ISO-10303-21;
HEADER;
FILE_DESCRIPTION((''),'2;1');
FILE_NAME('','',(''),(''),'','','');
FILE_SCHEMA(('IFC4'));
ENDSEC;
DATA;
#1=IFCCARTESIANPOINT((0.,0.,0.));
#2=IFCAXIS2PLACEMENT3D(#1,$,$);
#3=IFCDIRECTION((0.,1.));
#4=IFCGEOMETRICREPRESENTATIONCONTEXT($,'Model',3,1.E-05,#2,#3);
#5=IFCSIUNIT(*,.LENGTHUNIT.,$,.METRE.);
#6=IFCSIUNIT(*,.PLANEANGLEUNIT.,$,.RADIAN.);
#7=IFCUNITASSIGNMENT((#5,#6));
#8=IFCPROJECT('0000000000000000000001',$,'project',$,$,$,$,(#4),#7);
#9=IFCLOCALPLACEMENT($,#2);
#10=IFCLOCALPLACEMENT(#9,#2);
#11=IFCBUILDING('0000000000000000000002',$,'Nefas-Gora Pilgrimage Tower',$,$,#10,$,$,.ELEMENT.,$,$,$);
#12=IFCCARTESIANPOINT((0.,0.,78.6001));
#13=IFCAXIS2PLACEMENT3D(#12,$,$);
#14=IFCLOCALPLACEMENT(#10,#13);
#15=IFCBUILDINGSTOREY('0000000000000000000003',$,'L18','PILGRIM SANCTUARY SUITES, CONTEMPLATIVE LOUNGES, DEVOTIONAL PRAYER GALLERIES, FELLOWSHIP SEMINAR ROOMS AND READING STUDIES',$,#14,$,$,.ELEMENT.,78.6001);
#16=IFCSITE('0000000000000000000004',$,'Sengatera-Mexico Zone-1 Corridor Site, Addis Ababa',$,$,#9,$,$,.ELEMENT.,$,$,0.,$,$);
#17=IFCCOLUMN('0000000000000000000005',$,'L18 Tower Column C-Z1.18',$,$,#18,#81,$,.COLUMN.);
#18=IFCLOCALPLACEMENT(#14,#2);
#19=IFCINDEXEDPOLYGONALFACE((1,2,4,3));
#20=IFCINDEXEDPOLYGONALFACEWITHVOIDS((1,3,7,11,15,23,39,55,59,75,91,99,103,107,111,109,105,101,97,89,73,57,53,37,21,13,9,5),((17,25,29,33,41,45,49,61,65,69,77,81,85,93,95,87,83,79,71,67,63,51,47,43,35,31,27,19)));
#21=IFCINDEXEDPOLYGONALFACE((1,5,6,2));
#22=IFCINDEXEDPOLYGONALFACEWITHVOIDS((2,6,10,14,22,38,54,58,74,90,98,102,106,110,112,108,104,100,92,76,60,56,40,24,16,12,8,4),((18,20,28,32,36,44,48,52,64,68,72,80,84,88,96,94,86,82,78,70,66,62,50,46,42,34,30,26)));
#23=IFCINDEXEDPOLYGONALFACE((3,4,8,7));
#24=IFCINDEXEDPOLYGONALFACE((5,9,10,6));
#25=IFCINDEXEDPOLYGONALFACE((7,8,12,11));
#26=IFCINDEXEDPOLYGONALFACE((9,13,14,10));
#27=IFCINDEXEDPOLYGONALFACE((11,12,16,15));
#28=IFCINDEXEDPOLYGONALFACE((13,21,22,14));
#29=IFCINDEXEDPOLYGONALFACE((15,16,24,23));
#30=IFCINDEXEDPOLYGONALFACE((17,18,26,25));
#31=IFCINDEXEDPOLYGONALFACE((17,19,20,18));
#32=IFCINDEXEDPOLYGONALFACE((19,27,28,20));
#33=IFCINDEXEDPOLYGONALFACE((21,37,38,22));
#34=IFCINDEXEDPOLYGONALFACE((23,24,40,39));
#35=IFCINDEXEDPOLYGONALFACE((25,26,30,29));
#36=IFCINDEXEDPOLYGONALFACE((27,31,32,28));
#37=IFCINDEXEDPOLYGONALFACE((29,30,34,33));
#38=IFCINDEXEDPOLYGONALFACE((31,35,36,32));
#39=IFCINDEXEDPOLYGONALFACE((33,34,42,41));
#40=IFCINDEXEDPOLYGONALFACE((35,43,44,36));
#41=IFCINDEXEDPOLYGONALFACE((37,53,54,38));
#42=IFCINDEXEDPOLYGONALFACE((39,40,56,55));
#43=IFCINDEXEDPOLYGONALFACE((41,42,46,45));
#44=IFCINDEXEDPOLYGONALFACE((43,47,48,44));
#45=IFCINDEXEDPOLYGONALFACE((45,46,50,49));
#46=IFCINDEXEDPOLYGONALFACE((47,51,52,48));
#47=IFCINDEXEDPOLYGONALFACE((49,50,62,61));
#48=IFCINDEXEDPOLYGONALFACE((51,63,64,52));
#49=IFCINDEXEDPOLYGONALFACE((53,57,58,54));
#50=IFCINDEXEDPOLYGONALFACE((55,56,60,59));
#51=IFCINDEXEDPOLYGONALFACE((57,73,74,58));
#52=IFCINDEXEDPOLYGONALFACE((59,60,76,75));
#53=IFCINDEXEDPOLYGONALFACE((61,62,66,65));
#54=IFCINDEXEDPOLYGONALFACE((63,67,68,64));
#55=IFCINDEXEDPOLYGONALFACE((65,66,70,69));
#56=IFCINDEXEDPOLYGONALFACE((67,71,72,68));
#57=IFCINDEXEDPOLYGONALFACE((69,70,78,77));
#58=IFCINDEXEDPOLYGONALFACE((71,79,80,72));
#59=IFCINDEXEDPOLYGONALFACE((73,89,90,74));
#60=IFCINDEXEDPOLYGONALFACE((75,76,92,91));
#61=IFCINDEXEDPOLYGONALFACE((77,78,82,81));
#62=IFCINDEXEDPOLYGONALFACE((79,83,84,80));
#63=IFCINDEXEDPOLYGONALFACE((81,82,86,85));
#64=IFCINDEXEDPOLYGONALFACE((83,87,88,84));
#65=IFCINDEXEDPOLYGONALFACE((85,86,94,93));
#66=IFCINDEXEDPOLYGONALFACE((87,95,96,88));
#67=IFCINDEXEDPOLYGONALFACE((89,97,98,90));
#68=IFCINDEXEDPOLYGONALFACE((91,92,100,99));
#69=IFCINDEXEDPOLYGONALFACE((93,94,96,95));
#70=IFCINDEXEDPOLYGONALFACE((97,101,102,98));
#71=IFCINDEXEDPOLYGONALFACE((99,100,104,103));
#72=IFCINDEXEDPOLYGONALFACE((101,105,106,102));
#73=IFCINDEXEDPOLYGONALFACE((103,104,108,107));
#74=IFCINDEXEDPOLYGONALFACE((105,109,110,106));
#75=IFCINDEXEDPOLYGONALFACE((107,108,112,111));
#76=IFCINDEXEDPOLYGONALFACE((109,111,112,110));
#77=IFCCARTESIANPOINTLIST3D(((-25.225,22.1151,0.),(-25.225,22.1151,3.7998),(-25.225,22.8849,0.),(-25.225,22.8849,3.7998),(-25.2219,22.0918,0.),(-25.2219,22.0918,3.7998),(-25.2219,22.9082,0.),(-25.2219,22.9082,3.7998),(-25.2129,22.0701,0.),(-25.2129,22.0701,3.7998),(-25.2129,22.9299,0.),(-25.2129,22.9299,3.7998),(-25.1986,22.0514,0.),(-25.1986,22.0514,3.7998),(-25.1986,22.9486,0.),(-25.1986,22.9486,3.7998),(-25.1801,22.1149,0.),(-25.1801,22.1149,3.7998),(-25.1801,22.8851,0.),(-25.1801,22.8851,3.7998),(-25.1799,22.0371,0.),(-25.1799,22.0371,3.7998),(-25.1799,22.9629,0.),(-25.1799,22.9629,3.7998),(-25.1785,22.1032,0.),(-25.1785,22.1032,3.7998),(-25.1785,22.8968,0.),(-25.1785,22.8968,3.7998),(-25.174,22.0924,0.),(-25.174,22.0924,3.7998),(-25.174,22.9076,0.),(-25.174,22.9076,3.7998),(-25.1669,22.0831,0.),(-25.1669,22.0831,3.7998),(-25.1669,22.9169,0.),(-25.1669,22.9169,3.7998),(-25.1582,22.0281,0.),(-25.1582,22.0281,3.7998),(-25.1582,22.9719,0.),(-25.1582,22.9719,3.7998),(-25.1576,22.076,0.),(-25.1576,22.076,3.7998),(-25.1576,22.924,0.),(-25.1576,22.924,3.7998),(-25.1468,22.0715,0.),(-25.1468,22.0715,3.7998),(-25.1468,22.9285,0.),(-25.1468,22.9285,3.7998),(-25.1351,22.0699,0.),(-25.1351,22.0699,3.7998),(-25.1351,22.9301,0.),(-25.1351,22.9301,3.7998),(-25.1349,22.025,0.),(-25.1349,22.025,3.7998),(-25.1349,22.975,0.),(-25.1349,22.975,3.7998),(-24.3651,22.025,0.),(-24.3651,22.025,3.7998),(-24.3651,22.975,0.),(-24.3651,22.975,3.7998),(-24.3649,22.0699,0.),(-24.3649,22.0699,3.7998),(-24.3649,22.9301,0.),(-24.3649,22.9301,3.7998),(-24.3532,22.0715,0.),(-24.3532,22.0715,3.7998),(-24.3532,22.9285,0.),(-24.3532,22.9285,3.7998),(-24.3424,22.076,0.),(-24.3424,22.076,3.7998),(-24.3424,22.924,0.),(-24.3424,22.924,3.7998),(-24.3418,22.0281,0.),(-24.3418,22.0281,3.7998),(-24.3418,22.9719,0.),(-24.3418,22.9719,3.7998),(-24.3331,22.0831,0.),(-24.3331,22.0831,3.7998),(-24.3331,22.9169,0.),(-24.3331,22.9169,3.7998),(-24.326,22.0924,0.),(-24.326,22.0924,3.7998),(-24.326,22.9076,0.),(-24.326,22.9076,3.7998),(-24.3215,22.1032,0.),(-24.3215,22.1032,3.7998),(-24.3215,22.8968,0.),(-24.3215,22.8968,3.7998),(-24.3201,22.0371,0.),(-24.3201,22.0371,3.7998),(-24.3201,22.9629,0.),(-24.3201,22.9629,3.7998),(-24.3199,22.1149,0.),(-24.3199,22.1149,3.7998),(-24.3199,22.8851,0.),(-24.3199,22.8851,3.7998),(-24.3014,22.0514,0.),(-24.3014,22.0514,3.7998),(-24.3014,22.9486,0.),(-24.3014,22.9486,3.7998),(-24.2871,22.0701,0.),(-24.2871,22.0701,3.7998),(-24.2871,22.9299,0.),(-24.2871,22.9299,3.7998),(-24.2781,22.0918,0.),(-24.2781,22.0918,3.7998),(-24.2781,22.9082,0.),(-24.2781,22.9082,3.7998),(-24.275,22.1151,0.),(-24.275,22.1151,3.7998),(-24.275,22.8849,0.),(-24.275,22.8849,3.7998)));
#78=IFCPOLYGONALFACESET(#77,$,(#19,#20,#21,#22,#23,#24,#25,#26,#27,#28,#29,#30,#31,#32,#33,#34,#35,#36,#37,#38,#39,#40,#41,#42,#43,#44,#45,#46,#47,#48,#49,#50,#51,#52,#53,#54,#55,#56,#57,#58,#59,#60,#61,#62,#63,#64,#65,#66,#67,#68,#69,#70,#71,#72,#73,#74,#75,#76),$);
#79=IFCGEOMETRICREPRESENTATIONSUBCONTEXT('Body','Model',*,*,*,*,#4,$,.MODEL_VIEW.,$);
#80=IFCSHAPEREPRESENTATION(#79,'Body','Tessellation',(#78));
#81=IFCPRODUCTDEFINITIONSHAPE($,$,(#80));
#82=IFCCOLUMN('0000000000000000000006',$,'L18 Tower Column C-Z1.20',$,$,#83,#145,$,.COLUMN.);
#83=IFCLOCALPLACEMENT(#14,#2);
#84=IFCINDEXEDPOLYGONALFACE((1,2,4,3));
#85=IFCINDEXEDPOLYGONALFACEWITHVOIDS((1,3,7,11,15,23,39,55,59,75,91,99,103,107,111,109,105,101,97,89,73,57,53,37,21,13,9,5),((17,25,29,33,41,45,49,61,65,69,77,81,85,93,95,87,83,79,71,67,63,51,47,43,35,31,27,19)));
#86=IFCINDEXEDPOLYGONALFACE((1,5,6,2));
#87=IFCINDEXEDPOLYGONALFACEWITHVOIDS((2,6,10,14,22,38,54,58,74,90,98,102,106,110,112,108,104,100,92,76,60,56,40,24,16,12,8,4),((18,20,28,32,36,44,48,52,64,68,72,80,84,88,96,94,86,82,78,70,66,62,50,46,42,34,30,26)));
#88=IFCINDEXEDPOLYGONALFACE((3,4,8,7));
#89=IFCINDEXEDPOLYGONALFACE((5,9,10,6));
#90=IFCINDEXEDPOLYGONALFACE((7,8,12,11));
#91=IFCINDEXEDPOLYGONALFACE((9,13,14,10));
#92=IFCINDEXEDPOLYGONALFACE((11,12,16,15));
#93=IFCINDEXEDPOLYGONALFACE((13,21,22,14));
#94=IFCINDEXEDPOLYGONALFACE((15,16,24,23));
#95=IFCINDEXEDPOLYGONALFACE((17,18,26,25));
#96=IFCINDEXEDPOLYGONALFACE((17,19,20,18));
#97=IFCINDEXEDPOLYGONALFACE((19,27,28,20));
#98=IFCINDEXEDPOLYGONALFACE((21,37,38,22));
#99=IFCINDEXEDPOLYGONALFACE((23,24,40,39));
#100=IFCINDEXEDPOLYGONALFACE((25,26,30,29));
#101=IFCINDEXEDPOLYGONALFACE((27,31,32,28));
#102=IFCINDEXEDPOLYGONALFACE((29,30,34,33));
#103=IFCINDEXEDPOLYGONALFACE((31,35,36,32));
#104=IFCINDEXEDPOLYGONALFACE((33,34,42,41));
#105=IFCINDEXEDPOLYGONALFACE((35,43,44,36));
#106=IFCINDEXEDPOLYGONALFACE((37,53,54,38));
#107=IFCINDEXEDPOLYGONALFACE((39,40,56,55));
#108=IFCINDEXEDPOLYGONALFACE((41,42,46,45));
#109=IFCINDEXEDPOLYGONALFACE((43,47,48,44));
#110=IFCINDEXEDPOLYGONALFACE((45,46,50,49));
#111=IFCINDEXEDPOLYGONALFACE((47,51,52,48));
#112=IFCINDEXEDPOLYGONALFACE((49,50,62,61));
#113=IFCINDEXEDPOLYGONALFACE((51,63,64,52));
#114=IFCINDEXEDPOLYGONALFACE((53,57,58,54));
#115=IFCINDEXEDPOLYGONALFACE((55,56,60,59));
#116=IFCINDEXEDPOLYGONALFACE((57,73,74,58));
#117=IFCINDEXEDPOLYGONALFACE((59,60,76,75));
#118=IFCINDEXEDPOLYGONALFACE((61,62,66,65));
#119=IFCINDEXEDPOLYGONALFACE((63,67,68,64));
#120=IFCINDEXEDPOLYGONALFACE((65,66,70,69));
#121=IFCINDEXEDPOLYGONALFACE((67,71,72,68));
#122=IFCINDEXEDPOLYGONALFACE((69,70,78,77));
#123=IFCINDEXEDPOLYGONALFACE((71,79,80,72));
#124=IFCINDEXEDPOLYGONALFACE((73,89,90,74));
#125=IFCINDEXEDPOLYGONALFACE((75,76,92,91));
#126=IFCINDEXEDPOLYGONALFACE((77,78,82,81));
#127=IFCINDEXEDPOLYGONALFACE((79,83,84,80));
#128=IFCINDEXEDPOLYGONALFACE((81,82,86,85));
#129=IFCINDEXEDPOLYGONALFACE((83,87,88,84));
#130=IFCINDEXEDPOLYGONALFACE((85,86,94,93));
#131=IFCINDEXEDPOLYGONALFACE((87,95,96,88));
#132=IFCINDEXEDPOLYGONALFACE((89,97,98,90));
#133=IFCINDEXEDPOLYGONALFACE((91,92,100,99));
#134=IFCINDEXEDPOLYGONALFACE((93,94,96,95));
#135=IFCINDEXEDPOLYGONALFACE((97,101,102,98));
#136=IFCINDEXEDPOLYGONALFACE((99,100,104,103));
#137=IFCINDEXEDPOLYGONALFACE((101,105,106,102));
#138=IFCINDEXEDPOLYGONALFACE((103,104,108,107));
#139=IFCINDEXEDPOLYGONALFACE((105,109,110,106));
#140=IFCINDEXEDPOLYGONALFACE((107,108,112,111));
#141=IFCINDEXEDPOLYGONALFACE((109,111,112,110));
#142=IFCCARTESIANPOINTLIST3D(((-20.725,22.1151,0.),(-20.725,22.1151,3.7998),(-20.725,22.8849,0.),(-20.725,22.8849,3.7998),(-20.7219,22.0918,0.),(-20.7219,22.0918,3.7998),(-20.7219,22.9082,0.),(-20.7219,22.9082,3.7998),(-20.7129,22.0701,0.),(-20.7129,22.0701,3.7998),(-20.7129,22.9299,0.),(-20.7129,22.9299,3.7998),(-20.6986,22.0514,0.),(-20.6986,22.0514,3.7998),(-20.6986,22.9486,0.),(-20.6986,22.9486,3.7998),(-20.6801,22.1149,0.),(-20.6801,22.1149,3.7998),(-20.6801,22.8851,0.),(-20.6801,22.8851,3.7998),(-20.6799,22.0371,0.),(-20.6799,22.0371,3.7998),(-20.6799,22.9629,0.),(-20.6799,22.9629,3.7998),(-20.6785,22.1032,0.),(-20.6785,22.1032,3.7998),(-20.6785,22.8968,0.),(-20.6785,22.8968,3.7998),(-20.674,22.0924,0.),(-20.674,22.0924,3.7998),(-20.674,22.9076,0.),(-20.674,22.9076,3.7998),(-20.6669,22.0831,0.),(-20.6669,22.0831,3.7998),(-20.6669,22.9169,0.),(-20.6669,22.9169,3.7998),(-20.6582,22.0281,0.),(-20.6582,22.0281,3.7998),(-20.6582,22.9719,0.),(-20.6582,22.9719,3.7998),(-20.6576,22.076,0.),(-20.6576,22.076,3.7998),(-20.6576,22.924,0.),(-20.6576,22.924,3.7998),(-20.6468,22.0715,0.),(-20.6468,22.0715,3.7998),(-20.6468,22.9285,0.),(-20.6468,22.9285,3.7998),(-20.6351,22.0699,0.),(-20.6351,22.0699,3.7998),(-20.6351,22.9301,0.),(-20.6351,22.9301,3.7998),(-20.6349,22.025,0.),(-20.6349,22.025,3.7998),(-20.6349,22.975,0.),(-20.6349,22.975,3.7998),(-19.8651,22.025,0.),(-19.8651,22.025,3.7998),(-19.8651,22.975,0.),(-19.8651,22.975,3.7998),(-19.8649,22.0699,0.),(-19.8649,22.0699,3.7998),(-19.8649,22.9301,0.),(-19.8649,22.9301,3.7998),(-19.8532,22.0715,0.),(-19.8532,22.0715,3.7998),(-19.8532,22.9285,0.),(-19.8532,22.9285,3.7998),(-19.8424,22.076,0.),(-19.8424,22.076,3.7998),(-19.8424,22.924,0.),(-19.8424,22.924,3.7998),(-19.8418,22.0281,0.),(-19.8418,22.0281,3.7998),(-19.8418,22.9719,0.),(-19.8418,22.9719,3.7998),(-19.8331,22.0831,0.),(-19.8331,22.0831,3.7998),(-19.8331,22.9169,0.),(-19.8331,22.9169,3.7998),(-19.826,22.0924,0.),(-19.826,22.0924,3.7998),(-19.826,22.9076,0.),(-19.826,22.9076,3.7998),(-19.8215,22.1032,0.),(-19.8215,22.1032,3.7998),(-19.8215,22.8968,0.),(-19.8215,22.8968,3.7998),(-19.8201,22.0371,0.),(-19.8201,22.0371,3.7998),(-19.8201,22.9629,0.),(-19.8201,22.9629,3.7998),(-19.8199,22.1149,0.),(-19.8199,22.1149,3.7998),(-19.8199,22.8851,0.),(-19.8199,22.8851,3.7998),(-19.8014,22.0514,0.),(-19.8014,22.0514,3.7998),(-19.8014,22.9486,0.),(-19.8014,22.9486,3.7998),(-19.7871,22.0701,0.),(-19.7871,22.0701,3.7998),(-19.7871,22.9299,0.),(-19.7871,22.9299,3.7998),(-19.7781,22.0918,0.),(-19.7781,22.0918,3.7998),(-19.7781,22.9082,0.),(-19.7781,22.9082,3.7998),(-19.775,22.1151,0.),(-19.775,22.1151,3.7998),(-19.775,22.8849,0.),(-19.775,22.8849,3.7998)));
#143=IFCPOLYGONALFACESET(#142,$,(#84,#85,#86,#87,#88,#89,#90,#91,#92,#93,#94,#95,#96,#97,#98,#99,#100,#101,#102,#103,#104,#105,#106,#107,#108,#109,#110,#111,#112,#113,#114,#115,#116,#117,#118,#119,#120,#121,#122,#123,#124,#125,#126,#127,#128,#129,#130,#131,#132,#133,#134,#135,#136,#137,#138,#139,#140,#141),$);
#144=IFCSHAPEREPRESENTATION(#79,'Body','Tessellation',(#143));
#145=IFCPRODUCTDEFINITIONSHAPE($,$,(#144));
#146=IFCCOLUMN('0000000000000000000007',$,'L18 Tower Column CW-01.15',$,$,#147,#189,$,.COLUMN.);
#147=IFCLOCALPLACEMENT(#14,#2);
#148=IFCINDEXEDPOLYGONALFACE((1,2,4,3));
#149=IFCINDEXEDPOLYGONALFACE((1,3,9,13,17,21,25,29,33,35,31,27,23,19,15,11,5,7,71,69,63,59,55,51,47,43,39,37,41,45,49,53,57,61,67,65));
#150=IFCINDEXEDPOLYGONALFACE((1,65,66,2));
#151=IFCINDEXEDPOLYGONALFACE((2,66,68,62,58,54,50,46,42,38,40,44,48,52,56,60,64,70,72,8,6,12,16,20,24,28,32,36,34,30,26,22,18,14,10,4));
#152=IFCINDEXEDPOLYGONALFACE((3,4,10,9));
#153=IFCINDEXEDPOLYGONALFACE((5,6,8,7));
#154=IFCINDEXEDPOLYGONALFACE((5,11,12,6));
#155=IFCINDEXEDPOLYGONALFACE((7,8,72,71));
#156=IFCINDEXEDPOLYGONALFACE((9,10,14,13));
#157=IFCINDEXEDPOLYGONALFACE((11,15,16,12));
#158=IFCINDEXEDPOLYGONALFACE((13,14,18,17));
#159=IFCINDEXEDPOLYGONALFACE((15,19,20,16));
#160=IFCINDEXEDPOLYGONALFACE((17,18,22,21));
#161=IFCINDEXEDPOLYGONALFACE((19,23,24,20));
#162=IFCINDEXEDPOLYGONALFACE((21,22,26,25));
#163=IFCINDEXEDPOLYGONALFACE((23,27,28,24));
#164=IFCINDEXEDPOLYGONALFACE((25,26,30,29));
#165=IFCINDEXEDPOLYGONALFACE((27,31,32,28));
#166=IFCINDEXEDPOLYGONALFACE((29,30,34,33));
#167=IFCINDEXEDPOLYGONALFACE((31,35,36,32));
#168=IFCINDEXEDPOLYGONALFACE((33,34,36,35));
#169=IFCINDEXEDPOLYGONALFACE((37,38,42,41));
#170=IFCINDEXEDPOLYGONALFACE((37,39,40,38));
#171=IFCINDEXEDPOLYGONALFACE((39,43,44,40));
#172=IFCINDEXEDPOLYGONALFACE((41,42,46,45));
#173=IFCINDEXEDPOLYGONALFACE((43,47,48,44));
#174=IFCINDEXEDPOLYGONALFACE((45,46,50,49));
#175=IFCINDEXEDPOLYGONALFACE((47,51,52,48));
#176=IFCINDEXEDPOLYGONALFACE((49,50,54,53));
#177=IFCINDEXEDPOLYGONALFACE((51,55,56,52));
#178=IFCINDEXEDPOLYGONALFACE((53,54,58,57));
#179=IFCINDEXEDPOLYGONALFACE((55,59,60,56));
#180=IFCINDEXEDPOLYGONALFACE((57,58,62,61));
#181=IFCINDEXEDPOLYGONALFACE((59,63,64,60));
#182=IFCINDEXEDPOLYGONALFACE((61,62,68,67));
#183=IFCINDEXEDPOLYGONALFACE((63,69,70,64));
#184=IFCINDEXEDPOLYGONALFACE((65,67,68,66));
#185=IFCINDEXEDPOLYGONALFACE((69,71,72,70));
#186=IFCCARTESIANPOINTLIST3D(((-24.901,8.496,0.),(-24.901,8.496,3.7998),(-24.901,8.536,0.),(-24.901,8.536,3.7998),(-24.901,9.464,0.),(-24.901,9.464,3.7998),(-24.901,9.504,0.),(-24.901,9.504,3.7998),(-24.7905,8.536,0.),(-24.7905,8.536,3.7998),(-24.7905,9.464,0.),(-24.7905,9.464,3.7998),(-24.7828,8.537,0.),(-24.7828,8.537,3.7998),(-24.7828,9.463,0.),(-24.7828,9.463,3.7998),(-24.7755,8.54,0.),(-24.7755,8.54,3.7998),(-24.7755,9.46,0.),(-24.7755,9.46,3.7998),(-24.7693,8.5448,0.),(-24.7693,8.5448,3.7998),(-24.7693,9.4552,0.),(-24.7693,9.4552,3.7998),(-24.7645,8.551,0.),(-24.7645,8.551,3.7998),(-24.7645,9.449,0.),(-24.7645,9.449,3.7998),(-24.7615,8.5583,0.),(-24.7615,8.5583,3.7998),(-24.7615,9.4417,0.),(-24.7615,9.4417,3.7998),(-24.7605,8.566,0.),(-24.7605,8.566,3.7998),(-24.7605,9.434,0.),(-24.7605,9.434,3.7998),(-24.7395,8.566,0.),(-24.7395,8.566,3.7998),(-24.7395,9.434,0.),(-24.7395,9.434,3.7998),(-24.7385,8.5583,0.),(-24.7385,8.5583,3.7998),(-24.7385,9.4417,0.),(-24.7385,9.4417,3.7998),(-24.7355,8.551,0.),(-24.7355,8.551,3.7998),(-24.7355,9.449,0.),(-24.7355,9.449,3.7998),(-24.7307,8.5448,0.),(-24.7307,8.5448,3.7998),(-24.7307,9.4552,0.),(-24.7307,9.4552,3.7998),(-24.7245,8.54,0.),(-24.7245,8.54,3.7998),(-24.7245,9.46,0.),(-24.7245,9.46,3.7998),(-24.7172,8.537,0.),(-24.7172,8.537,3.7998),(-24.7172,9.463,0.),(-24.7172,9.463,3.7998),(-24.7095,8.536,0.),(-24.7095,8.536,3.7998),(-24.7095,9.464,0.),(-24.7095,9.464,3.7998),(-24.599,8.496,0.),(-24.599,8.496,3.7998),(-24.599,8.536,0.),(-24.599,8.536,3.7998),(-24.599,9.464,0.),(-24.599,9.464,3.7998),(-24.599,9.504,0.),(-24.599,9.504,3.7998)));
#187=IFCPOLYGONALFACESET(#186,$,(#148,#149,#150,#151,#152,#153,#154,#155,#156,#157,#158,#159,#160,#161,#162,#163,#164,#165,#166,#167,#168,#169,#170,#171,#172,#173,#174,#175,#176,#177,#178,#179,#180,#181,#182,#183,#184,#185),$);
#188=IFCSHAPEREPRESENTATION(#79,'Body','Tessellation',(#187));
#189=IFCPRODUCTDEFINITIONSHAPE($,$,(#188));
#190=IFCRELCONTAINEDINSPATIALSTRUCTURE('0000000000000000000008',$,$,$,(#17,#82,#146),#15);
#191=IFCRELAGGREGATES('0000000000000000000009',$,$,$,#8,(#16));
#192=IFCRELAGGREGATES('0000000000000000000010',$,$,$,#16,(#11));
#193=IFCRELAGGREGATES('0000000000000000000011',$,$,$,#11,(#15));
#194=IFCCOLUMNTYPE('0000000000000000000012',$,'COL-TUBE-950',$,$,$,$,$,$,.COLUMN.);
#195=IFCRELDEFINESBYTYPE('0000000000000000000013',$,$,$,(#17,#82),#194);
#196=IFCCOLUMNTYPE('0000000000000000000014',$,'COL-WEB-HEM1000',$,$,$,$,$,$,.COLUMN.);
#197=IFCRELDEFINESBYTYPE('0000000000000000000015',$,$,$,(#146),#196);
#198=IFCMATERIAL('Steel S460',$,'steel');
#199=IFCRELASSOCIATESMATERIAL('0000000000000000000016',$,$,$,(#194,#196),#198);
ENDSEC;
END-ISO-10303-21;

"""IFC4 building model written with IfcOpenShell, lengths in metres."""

from ifc_helpers import new_model, si_unit, direction, frame, origin, origin_2d, place, context, subcontext, project, spatial, hollow_rectangle, i_section, extrude, source, transform, mapped, material, material_profile, profile_set, type_object, element, save


model = new_model("IFC4")

# Units and contexts
model_context = context("Model", 3, precision=1e-05, world=origin(), true_north=direction((0.0, 1.0)))
body_context = subcontext(model_context, "Body", "Model", "MODEL_VIEW")
ifc_project = project(units=[si_unit("LENGTHUNIT", "METRE"), si_unit("PLANEANGLEUNIT", "RADIAN")], contexts=[model_context])

# Site, building, storey
site_placement = place(None, origin())
site = spatial("IfcSite", under=ifc_project, at=site_placement, Name="Sengatera-Mexico Zone-1 Corridor Site, Addis Ababa", CompositionType="ELEMENT", RefElevation=0.0)
building_placement = place(site_placement, origin())
building = spatial("IfcBuilding", under=site, at=building_placement, Name="Nefas-Gora Pilgrimage Tower", CompositionType="ELEMENT")
storey_placement = place(building_placement, frame((0.0, 0.0, 78.6001)))
storey = spatial("IfcBuildingStorey", under=building, at=storey_placement, Name="L18", Description="PILGRIM SANCTUARY SUITES, CONTEMPLATIVE LOUNGES, DEVOTIONAL PRAYER GALLERIES, FELLOWSHIP SEMINAR ROOMS AND READING STUDIES", CompositionType="ELEMENT", Elevation=78.6001)

# Columns
ifc_material_1 = material(Name="Steel S460", Category="steel")
ifc_material_profile_1 = material_profile(ifc_material_1, hollow_rectangle(XDim=0.95, YDim=0.95, WallThickness=0.0449, InnerFilletRadius=0.0449, OuterFilletRadius=0.0901, at=origin_2d()), Name="BOX 950x950x45")
ifc_profile_set_1 = profile_set([ifc_material_profile_1], Name="Steel S460")
column_type_1 = type_object("IfcColumnType", Name="COL-TUBE-950", PredefinedType="COLUMN", material=ifc_profile_set_1)
shared_shape_1 = source(origin(), body_context, "Body", "SweptSolid", [
    extrude(hollow_rectangle(XDim=0.95, YDim=0.95, WallThickness=0.0449, InnerFilletRadius=0.0449, OuterFilletRadius=0.0901, at=origin_2d()), origin(), (0.0, 0.0, 1.0), 3.7998),
])
for number, where, z_axis, x_axis, name in (
    (1, (-24.75, 22.5, 0.0), (0.0, 0.0, 1.0), (1.0, 0.0, 0.0), "L18 Tower Column C-Z1.18"),
    (2, (-20.25, 22.5, 0.0), (0.0, 0.0, 1.0), (1.0, 0.0, 0.0), "L18 Tower Column C-Z1.20"),
):
    element("IfcColumn", number, at=place(storey_placement, frame(where, z_axis=z_axis, x_axis=x_axis)), inside=storey, type_object=column_type_1, Name=name, PredefinedType="COLUMN", context=body_context, shape_type="MappedRepresentation", body=[
        mapped(shared_shape_1, transform((0.0, 0.0, 0.0), x_axis=(1.0, 0.0, 0.0), y_axis=(0.0, 1.0, 0.0), z_axis=(0.0, 0.0, 1.0), scale=1.0)),
    ])
ifc_material_profile_2 = material_profile(ifc_material_1, i_section(OverallWidth=0.302, OverallDepth=1.0081, WebThickness=0.021, FlangeThickness=0.04, FilletRadius=0.03, at=origin_2d()), Name="HEM 1000")
ifc_profile_set_2 = profile_set([ifc_material_profile_2], Name="Steel S460")
column_type_2 = type_object("IfcColumnType", Name="COL-WEB-HEM1000", PredefinedType="COLUMN", material=ifc_profile_set_2)
shared_shape_2 = source(origin(), body_context, "Body", "SweptSolid", [
    extrude(i_section(OverallWidth=0.302, OverallDepth=1.0081, WebThickness=0.021, FlangeThickness=0.04, FilletRadius=0.03, at=origin_2d()), origin(), (0.0, 0.0, 1.0), 3.7998),
])
for number, where, z_axis, x_axis, name in (
    (3, (-24.75, 9.0, 0.0), (0.0, 0.0, 1.0), (1.0, 0.0, 0.0), "L18 Tower Column CW-01.15"),
):
    element("IfcColumn", number, at=place(storey_placement, frame(where, z_axis=z_axis, x_axis=x_axis)), inside=storey, type_object=column_type_2, Name=name, PredefinedType="COLUMN", context=body_context, shape_type="MappedRepresentation", body=[
        mapped(shared_shape_2, transform((0.0, 0.0, 0.0), x_axis=(1.0, 0.0, 0.0), y_axis=(0.0, 1.0, 0.0), z_axis=(0.0, 0.0, 1.0), scale=1.0)),
    ])

save(model, "model.ifc")
